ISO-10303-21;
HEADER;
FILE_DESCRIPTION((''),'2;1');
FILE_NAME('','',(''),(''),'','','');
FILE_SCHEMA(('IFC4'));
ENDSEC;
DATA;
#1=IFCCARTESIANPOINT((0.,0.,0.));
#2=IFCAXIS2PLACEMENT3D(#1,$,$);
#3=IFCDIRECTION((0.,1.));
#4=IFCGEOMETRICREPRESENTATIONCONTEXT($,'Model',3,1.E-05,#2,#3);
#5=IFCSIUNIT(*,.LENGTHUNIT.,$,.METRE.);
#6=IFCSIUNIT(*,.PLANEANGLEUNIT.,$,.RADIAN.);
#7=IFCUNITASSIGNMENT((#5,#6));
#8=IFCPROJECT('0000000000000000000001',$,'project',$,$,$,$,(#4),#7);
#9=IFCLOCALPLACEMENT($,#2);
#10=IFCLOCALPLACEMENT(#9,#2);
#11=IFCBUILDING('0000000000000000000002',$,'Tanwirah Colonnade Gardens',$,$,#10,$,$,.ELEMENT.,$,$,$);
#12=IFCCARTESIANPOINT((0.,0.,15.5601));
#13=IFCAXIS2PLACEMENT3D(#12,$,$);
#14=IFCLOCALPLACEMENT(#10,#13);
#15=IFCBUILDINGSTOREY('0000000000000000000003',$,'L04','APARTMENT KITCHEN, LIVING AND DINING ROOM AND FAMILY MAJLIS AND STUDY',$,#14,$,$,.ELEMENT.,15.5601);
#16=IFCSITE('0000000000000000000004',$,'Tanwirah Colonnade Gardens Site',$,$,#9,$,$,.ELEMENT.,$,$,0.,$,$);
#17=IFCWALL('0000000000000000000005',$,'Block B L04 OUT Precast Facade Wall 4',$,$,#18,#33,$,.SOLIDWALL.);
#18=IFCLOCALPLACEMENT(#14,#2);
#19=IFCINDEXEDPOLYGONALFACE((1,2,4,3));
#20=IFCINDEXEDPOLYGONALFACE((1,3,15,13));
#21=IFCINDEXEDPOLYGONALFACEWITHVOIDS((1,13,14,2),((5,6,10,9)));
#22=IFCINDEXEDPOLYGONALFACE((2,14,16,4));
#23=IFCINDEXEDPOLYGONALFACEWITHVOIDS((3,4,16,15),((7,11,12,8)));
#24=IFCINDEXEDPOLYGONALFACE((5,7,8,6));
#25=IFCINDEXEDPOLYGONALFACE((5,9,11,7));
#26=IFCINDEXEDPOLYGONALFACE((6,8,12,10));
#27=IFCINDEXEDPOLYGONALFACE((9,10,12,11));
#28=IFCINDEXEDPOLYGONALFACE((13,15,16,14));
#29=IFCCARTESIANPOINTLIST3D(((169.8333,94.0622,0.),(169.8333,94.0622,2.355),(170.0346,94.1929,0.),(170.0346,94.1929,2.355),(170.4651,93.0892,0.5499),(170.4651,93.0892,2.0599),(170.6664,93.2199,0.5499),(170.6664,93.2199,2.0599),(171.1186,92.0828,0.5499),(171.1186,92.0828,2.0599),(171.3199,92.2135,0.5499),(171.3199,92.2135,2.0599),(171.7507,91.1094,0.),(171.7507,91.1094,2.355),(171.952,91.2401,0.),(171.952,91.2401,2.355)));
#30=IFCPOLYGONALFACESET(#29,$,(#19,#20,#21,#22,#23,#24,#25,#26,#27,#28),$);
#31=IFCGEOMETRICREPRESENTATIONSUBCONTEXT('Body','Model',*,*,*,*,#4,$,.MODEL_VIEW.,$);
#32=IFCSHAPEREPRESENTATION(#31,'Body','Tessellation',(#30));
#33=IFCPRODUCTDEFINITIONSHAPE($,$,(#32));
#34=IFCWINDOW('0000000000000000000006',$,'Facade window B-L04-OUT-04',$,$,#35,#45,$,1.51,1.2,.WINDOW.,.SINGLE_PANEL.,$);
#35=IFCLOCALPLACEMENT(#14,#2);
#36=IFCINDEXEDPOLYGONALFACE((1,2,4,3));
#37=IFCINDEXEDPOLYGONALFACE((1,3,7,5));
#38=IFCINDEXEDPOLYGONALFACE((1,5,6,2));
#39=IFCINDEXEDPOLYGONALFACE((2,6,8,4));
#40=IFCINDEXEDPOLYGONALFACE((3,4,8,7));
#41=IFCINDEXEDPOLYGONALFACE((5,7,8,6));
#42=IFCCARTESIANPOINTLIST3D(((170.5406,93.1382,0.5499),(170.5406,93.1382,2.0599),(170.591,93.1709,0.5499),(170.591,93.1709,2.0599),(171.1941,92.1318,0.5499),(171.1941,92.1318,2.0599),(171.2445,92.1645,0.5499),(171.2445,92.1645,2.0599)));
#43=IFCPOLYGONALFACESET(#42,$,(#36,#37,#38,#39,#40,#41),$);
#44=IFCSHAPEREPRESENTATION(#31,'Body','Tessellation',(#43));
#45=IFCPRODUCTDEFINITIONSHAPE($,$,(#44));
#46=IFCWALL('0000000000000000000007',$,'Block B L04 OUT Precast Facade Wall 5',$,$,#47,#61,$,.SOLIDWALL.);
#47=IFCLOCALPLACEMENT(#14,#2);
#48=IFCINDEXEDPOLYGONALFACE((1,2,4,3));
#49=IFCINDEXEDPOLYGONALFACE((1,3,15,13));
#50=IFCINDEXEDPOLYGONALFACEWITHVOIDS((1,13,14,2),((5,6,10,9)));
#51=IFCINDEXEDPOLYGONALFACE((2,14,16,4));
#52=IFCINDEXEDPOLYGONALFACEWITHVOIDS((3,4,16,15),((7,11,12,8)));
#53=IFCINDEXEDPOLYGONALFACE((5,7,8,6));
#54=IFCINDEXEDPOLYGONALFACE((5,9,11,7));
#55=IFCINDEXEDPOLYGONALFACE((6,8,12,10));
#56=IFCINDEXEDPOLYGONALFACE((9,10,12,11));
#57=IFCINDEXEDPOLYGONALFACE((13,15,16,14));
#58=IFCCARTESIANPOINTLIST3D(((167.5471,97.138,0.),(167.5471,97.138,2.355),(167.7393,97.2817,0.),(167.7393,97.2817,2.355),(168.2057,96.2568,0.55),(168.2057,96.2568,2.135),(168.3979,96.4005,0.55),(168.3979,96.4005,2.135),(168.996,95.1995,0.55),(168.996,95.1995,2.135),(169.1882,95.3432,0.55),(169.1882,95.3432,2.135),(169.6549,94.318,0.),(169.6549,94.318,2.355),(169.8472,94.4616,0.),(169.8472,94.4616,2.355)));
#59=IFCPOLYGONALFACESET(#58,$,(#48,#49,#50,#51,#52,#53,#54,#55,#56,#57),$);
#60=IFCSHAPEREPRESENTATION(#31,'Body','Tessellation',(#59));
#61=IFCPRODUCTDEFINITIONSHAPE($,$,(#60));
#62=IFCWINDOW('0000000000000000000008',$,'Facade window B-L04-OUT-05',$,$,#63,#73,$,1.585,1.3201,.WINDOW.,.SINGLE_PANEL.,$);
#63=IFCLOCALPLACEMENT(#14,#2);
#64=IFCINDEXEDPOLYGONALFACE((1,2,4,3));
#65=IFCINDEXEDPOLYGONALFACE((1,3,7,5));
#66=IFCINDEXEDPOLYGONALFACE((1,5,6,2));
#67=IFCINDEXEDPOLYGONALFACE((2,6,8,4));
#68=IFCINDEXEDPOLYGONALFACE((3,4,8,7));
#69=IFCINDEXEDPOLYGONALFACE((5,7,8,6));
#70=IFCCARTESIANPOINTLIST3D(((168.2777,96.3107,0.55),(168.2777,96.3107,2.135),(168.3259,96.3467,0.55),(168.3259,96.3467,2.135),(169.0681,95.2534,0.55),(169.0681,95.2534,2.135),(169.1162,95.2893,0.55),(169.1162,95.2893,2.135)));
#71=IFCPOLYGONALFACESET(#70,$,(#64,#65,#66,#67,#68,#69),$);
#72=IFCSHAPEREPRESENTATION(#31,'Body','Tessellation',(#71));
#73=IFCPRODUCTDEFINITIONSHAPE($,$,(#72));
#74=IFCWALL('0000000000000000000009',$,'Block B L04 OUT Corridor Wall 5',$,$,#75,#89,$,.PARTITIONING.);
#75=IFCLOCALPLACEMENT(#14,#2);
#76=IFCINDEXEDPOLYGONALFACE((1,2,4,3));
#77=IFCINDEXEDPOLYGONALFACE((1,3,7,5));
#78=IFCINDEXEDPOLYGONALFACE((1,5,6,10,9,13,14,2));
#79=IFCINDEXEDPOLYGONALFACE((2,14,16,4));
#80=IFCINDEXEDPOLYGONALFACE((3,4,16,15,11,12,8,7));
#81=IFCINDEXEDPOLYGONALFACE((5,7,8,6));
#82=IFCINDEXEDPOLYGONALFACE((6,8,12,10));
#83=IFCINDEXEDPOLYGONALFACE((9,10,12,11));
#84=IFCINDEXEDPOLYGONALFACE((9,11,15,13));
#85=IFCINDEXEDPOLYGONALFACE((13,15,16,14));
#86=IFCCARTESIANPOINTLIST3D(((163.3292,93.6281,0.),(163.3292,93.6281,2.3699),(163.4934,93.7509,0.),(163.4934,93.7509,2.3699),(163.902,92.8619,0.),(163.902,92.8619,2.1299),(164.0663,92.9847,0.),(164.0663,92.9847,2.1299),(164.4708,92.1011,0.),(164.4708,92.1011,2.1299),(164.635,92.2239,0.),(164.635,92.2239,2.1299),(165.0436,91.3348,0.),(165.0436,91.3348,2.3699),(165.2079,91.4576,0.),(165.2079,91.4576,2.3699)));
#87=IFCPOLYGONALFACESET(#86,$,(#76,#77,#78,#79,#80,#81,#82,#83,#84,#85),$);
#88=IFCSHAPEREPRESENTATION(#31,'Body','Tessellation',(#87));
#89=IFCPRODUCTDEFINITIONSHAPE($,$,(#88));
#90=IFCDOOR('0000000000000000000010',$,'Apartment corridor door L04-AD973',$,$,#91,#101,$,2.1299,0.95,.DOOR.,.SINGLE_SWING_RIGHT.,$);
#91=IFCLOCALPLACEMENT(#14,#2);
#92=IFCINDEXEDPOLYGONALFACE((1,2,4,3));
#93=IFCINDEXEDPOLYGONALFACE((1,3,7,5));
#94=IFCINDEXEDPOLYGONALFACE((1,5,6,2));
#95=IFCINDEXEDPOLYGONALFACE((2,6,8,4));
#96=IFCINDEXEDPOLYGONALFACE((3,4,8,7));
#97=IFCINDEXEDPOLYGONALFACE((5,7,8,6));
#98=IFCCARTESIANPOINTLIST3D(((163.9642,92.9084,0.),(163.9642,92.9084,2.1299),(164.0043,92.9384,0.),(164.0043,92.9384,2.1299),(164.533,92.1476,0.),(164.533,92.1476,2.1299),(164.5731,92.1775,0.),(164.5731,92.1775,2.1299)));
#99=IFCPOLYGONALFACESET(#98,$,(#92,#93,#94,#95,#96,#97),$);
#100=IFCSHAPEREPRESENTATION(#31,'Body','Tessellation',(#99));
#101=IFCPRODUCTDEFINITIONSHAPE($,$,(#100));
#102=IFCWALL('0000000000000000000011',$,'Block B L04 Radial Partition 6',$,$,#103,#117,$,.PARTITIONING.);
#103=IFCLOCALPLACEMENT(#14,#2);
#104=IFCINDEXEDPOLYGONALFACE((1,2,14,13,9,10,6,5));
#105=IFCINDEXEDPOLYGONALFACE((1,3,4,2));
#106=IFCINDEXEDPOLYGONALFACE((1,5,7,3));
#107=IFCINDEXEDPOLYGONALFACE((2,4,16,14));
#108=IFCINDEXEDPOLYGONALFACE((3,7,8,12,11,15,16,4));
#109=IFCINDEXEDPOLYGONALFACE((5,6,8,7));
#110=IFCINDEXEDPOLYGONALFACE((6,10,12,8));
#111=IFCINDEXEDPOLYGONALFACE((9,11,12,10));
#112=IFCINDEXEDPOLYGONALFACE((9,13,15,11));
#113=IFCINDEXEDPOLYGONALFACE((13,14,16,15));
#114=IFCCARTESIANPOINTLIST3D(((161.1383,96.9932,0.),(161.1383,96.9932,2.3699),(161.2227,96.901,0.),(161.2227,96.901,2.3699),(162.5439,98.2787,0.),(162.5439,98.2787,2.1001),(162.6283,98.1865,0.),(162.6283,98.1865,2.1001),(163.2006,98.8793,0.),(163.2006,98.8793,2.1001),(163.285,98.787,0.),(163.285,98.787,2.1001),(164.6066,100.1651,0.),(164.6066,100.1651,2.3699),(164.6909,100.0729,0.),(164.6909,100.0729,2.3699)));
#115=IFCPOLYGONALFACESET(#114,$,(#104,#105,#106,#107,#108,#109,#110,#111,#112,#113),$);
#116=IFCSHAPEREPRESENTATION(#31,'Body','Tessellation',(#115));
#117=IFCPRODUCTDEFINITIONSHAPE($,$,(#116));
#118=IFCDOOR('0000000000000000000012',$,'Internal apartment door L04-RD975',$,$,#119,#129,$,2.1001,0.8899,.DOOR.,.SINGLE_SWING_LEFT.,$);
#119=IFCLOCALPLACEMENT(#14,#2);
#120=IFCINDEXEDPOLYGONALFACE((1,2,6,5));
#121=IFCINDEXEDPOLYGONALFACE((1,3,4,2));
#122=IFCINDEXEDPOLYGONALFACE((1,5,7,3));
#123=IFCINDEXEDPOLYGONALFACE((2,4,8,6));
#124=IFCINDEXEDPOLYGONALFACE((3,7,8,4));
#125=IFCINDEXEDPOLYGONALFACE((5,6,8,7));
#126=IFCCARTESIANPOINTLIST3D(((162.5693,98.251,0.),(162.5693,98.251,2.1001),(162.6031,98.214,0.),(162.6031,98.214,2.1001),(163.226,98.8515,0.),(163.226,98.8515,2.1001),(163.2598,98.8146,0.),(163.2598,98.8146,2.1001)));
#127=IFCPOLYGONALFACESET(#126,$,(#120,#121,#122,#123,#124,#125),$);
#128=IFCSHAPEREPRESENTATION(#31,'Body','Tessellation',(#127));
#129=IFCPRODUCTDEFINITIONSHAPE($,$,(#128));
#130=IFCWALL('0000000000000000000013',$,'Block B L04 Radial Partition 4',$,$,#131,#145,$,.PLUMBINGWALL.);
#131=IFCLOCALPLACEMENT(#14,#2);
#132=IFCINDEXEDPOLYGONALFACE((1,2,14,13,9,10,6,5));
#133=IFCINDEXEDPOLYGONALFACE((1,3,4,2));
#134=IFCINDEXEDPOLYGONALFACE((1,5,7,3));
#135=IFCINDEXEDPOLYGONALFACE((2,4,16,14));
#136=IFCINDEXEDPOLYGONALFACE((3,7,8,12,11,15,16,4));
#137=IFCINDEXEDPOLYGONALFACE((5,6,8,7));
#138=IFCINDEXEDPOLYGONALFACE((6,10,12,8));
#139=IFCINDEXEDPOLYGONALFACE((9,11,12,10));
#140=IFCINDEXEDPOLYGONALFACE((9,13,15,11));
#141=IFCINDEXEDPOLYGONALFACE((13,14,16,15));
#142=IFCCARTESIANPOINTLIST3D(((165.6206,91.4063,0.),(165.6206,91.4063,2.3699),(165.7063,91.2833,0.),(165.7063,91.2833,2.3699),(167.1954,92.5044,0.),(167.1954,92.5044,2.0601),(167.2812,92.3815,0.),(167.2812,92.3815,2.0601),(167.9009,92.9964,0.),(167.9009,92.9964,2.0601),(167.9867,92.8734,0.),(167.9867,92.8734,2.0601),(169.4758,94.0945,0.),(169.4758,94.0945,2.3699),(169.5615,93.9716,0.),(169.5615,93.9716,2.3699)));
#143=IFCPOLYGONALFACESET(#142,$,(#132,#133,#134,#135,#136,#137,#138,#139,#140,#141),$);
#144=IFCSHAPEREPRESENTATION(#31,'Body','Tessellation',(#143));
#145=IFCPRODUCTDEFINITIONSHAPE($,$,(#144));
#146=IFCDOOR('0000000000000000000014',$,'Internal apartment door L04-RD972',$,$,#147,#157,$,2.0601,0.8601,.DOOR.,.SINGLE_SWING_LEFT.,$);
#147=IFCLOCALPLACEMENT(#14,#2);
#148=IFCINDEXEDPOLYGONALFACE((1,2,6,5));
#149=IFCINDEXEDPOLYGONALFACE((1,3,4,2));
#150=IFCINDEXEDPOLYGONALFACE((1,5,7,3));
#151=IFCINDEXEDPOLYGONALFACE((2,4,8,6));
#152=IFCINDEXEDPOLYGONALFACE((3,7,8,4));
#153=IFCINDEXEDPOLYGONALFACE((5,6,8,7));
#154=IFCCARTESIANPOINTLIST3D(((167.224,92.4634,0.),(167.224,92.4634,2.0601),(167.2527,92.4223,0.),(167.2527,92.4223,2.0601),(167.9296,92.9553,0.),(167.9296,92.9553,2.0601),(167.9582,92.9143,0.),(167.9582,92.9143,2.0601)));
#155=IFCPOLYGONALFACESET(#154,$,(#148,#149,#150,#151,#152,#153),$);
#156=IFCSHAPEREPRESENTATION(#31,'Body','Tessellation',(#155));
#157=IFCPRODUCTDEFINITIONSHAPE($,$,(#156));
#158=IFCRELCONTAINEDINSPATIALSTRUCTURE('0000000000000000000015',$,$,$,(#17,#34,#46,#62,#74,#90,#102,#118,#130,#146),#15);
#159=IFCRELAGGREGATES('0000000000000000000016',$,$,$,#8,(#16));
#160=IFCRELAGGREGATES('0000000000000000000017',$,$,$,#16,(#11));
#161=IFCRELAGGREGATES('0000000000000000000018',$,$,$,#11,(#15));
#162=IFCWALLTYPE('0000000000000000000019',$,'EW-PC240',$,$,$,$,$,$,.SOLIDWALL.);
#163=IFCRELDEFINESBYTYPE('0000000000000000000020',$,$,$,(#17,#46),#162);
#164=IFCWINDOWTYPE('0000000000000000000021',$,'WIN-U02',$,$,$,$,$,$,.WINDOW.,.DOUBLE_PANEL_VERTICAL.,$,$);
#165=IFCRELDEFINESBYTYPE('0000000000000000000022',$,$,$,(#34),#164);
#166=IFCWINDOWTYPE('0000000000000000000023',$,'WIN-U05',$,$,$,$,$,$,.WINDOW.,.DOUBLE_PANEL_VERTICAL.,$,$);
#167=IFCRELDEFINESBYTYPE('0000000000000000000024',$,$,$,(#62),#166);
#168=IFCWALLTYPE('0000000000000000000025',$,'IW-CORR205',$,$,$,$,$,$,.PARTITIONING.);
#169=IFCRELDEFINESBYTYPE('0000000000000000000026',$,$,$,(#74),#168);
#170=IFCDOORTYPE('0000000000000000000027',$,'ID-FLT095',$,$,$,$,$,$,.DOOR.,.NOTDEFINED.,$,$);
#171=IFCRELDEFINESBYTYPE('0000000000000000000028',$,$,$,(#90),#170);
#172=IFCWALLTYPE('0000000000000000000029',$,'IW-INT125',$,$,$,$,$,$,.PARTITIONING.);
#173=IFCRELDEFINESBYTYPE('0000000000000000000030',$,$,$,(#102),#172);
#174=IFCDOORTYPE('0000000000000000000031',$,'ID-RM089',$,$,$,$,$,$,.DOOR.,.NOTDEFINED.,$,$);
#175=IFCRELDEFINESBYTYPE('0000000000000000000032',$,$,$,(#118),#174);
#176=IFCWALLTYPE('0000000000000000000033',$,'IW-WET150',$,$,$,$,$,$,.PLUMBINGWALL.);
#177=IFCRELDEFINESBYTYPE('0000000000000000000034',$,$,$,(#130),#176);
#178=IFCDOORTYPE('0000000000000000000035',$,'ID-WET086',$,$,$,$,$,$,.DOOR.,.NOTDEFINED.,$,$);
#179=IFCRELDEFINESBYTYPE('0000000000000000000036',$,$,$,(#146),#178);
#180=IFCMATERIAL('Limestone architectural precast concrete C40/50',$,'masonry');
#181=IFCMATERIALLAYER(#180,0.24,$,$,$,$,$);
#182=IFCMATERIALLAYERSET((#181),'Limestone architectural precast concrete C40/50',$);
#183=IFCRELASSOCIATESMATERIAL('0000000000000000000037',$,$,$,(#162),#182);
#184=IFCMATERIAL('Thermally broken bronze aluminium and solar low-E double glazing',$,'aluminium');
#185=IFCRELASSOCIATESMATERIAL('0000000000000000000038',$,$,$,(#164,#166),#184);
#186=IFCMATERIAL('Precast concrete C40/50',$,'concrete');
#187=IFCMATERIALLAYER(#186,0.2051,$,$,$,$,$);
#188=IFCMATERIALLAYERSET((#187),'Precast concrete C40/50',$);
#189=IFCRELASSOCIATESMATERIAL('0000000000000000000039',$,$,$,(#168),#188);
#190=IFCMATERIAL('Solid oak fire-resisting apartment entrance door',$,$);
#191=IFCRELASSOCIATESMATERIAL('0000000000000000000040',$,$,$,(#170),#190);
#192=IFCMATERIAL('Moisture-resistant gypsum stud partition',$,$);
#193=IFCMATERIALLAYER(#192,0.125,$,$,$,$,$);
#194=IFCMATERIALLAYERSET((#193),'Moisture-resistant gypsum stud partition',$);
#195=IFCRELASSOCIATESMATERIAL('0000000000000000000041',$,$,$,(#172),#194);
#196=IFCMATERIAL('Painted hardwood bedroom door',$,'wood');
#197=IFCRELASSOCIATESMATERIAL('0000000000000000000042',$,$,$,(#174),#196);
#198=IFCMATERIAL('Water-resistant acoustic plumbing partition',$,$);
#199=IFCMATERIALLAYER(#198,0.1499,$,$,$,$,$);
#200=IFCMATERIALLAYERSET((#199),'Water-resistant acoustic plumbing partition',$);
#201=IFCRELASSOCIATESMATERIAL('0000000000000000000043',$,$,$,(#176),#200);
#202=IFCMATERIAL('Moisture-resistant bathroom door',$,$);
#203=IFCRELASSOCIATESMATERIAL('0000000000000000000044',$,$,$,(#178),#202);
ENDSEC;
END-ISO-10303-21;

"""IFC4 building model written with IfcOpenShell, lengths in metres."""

from ifc_helpers import new_model, si_unit, direction, frame, frame_2d, origin, place, context, subcontext, project, spatial, rectangle, extrude, material, layer, layer_set, type_object, element, fill, save


model = new_model("IFC4")

# Units and contexts
model_context = context("Model", 3, precision=1e-05, world=origin(), true_north=direction((0.0, 1.0)))
body_context = subcontext(model_context, "Body", "Model", "MODEL_VIEW")
ifc_project = project(units=[si_unit("LENGTHUNIT", "METRE"), si_unit("PLANEANGLEUNIT", "RADIAN")], contexts=[model_context])

# Site, building, storey
site_placement = place(None, origin())
site = spatial("IfcSite", under=ifc_project, at=site_placement, Name="Tanwirah Colonnade Gardens Site", CompositionType="ELEMENT", RefElevation=0.0)
building_placement = place(site_placement, origin())
building = spatial("IfcBuilding", under=site, at=building_placement, Name="Tanwirah Colonnade Gardens", CompositionType="ELEMENT")
storey_placement = place(building_placement, frame((0.0, 0.0, 15.5601)))
storey = spatial("IfcBuildingStorey", under=building, at=storey_placement, Name="L04", Description="APARTMENT KITCHEN, LIVING AND DINING ROOM AND FAMILY MAJLIS AND STUDY", CompositionType="ELEMENT", Elevation=15.5601)

# Shared definitions
ifc_material_1 = material(Name="Precast concrete C40/50", Category="concrete")

# Walls, openings, windows
ifc_material_2 = material(Name="Limestone architectural precast concrete C40/50", Category="masonry")
ifc_layer_1 = layer(ifc_material_2, 0.24)
ifc_layer_set_1 = layer_set([ifc_layer_1], Name="Limestone architectural precast concrete C40/50")
wall_type_1 = type_object("IfcWallType", Name="EW-PC240", PredefinedType="SOLIDWALL", material=ifc_layer_set_1)
wall_1_placement = place(storey_placement, frame((171.8513, 91.1748, 0.0), z_axis=(0.0, 0.0, 1.0), x_axis=(-0.544611, 0.838689, 0.0)))
wall_1 = element("IfcWall", 1, at=wall_1_placement, inside=storey, type_object=wall_type_1, Name="Block B L04 OUT Precast Facade Wall 4", PredefinedType="SOLIDWALL", context=body_context, shape_type="SweptSolid", body=[
    extrude(rectangle(XDim=3.5208, YDim=0.24, at=frame_2d((1.7603, 0.0))), origin(), (0.0, 0.0, 1.0), 2.355),
])
opening_1_placement = place(wall_1_placement, frame((1.1604, 0.0, 0.55)))
opening_1 = element("IfcOpeningElement", 2, at=opening_1_placement, cuts=wall_1, PredefinedType="OPENING", context=body_context, shape_type="SweptSolid", body=[
    extrude(rectangle(XDim=1.2, YDim=1.51, at=frame_2d((0.6001, 0.7549))), frame((0.0, 0.1299, 0.0), z_axis=(0.0, -1.0, 0.0), x_axis=(1.0, 0.0, 0.0)), (0.0, 0.0, 1.0), 0.26),
])
ifc_material_3 = material(Name="Thermally broken bronze aluminium and solar low-E double glazing", Category="aluminium")
window_type_1 = type_object("IfcWindowType", Name="WIN-U02", PartitioningType="DOUBLE_PANEL_VERTICAL", PredefinedType="WINDOW", material=ifc_material_3)
window_1_placement = place(opening_1_placement, origin())
window_1 = element("IfcWindow", 3, at=window_1_placement, inside=storey, type_object=window_type_1, Name="Facade window B-L04-OUT-04", OverallHeight=1.51, OverallWidth=1.2, PartitioningType="SINGLE_PANEL", PredefinedType="WINDOW", context=body_context, shape_type="SweptSolid", body=[
    extrude(rectangle(XDim=1.2, YDim=1.51, at=frame_2d((0.6001, 0.7549))), frame((0.0, 0.03, 0.0), z_axis=(0.0, -1.0, 0.0), x_axis=(1.0, 0.0, 0.0)), (0.0, 0.0, 1.0), 0.0601),
])
fill(opening_1, window_1)
wall_2_placement = place(storey_placement, frame((169.751, 94.3899, 0.0), z_axis=(0.0, 0.0, 1.0), x_axis=(-0.598701, 0.800973, 0.0)))
wall_2 = element("IfcWall", 4, at=wall_2_placement, inside=storey, type_object=wall_type_1, Name="Block B L04 OUT Precast Facade Wall 5", PredefinedType="SOLIDWALL", context=body_context, shape_type="SweptSolid", body=[
    extrude(rectangle(XDim=3.5208, YDim=0.24, at=frame_2d((1.7603, 0.0))), origin(), (0.0, 0.0, 1.0), 2.355),
])
opening_2_placement = place(wall_2_placement, frame((1.1003, 0.0, 0.55)))
opening_2 = element("IfcOpeningElement", 5, at=opening_2_placement, cuts=wall_2, PredefinedType="OPENING", context=body_context, shape_type="SweptSolid", body=[
    extrude(rectangle(XDim=1.3201, YDim=1.585, at=frame_2d((0.6602, 0.7925))), frame((0.0, 0.1299, 0.0), z_axis=(0.0, -1.0, 0.0), x_axis=(1.0, 0.0, 0.0)), (0.0, 0.0, 1.0), 0.26),
])
window_type_2 = type_object("IfcWindowType", Name="WIN-U05", PartitioningType="DOUBLE_PANEL_VERTICAL", PredefinedType="WINDOW", material=ifc_material_3)
window_2_placement = place(opening_2_placement, origin())
window_2 = element("IfcWindow", 6, at=window_2_placement, inside=storey, type_object=window_type_2, Name="Facade window B-L04-OUT-05", OverallHeight=1.585, OverallWidth=1.3201, PartitioningType="SINGLE_PANEL", PredefinedType="WINDOW", context=body_context, shape_type="SweptSolid", body=[
    extrude(rectangle(XDim=1.3201, YDim=1.585, at=frame_2d((0.6602, 0.7925))), frame((0.0, 0.03, 0.0), z_axis=(0.0, -1.0, 0.0), x_axis=(1.0, 0.0, 0.0)), (0.0, 0.0, 1.0), 0.0601),
])
fill(opening_2, window_2)

# Walls, openings, doors
ifc_layer_2 = layer(ifc_material_1, 0.2051)
ifc_layer_set_2 = layer_set([ifc_layer_2], Name="Precast concrete C40/50")
wall_type_2 = type_object("IfcWallType", Name="IW-CORR205", PredefinedType="PARTITIONING", material=ifc_layer_set_2)
wall_3_placement = place(storey_placement, frame((165.1257, 91.3962, 0.0), z_axis=(0.0, 0.0, 1.0), x_axis=(-0.598758, 0.80093, 0.0)))
wall_3 = element("IfcWall", 7, at=wall_3_placement, inside=storey, type_object=wall_type_2, Name="Block B L04 OUT Corridor Wall 5", PredefinedType="PARTITIONING", context=body_context, shape_type="SweptSolid", body=[
    extrude(rectangle(XDim=2.8633, YDim=0.2051, at=frame_2d((1.4316, 0.0))), origin(), (0.0, 0.0, 1.0), 2.3699),
])
opening_3_placement = place(wall_3_placement, frame((0.9565, 0.0, 0.0)))
opening_3 = element("IfcOpeningElement", 8, at=opening_3_placement, cuts=wall_3, PredefinedType="OPENING", context=body_context, shape_type="SweptSolid", body=[
    extrude(rectangle(XDim=0.95, YDim=2.1299, at=frame_2d((0.4751, 1.0649))), frame((0.0, 0.1125, 0.0), z_axis=(0.0, -1.0, 0.0), x_axis=(1.0, 0.0, 0.0)), (0.0, 0.0, 1.0), 0.2251),
])
ifc_material_4 = material(Name="Solid oak fire-resisting apartment entrance door")
door_type_1 = type_object("IfcDoorType", Name="ID-FLT095", OperationType="NOTDEFINED", PredefinedType="DOOR", material=ifc_material_4)
door_1_placement = place(opening_3_placement, origin())
door_1 = element("IfcDoor", 9, at=door_1_placement, inside=storey, type_object=door_type_1, Name="Apartment corridor door L04-AD973", OperationType="SINGLE_SWING_RIGHT", OverallHeight=2.1299, OverallWidth=0.95, PredefinedType="DOOR", context=body_context, shape_type="SweptSolid", body=[
    extrude(rectangle(XDim=0.95, YDim=2.1299, at=frame_2d((0.4751, 1.0649))), frame((0.0, 0.0249, 0.0), z_axis=(0.0, -1.0, 0.0), x_axis=(1.0, 0.0, 0.0)), (0.0, 0.0, 1.0), 0.05),
])
fill(opening_3, door_1)
ifc_material_5 = material(Name="Moisture-resistant gypsum stud partition")
ifc_layer_3 = layer(ifc_material_5, 0.125)
ifc_layer_set_3 = layer_set([ifc_layer_3], Name="Moisture-resistant gypsum stud partition")
wall_type_3 = type_object("IfcWallType", Name="IW-INT125", PredefinedType="PARTITIONING", material=ifc_layer_set_3)
wall_4_placement = place(storey_placement, frame((161.1804, 96.947, 0.0), z_axis=(0.0, 0.0, 1.0), x_axis=(0.737934, 0.674873, 0.0)))
wall_4 = element("IfcWall", 10, at=wall_4_placement, inside=storey, type_object=wall_type_3, Name="Block B L04 Radial Partition 6", PredefinedType="PARTITIONING", context=body_context, shape_type="SweptSolid", body=[
    extrude(rectangle(XDim=4.7, YDim=0.125, at=frame_2d((2.3501, 0.0))), origin(), (0.0, 0.0, 1.0), 2.3699),
])
opening_4_placement = place(wall_4_placement, frame((1.905, 0.0, 0.0)))
opening_4 = element("IfcOpeningElement", 11, at=opening_4_placement, cuts=wall_4, PredefinedType="OPENING", context=body_context, shape_type="SweptSolid", body=[
    extrude(rectangle(XDim=0.8899, YDim=2.1001, at=frame_2d((0.4448, 1.05))), frame((0.0, 0.0725, 0.0), z_axis=(0.0, -1.0, 0.0), x_axis=(1.0, 0.0, 0.0)), (0.0, 0.0, 1.0), 0.145),
])
ifc_material_6 = material(Name="Painted hardwood bedroom door", Category="wood")
door_type_2 = type_object("IfcDoorType", Name="ID-RM089", OperationType="NOTDEFINED", PredefinedType="DOOR", material=ifc_material_6)
door_2_placement = place(opening_4_placement, origin())
door_2 = element("IfcDoor", 12, at=door_2_placement, inside=storey, type_object=door_type_2, Name="Internal apartment door L04-RD975", OperationType="SINGLE_SWING_LEFT", OverallHeight=2.1001, OverallWidth=0.8899, PredefinedType="DOOR", context=body_context, shape_type="SweptSolid", body=[
    extrude(rectangle(XDim=0.8899, YDim=2.1001, at=frame_2d((0.4448, 1.05))), frame((0.0, 0.0249, 0.0), z_axis=(0.0, -1.0, 0.0), x_axis=(1.0, 0.0, 0.0)), (0.0, 0.0, 1.0), 0.05),
])
fill(opening_4, door_2)
ifc_material_7 = material(Name="Water-resistant acoustic plumbing partition")
ifc_layer_4 = layer(ifc_material_7, 0.1499)
ifc_layer_set_4 = layer_set([ifc_layer_4], Name="Water-resistant acoustic plumbing partition")
wall_type_4 = type_object("IfcWallType", Name="IW-WET150", PredefinedType="PLUMBINGWALL", material=ifc_layer_set_4)
wall_5_placement = place(storey_placement, frame((165.6633, 91.3447, 0.0), z_axis=(0.0, 0.0, 1.0), x_axis=(0.820273, 0.571973, 0.0)))
wall_5 = element("IfcWall", 13, at=wall_5_placement, inside=storey, type_object=wall_type_4, Name="Block B L04 Radial Partition 4", PredefinedType="PLUMBINGWALL", context=body_context, shape_type="SweptSolid", body=[
    extrude(rectangle(XDim=4.7, YDim=0.1499, at=frame_2d((2.3501, 0.0))), origin(), (0.0, 0.0, 1.0), 2.3699),
])
opening_5_placement = place(wall_5_placement, frame((1.9199, 0.0, 0.0)))
opening_5 = element("IfcOpeningElement", 14, at=opening_5_placement, cuts=wall_5, PredefinedType="OPENING", context=body_context, shape_type="SweptSolid", body=[
    extrude(rectangle(XDim=0.8601, YDim=2.0601, at=frame_2d((0.4302, 1.03))), frame((0.0, 0.085, 0.0), z_axis=(0.0, -1.0, 0.0), x_axis=(1.0, 0.0, 0.0)), (0.0, 0.0, 1.0), 0.1699),
])
ifc_material_8 = material(Name="Moisture-resistant bathroom door")
door_type_3 = type_object("IfcDoorType", Name="ID-WET086", OperationType="NOTDEFINED", PredefinedType="DOOR", material=ifc_material_8)
door_3_placement = place(opening_5_placement, origin())
door_3 = element("IfcDoor", 15, at=door_3_placement, inside=storey, type_object=door_type_3, Name="Internal apartment door L04-RD972", OperationType="SINGLE_SWING_LEFT", OverallHeight=2.0601, OverallWidth=0.8601, PredefinedType="DOOR", context=body_context, shape_type="SweptSolid", body=[
    extrude(rectangle(XDim=0.8601, YDim=2.0601, at=frame_2d((0.4302, 1.03))), frame((0.0, 0.0249, 0.0), z_axis=(0.0, -1.0, 0.0), x_axis=(1.0, 0.0, 0.0)), (0.0, 0.0, 1.0), 0.05),
])
fill(opening_5, door_3)

save(model, "model.ifc")
